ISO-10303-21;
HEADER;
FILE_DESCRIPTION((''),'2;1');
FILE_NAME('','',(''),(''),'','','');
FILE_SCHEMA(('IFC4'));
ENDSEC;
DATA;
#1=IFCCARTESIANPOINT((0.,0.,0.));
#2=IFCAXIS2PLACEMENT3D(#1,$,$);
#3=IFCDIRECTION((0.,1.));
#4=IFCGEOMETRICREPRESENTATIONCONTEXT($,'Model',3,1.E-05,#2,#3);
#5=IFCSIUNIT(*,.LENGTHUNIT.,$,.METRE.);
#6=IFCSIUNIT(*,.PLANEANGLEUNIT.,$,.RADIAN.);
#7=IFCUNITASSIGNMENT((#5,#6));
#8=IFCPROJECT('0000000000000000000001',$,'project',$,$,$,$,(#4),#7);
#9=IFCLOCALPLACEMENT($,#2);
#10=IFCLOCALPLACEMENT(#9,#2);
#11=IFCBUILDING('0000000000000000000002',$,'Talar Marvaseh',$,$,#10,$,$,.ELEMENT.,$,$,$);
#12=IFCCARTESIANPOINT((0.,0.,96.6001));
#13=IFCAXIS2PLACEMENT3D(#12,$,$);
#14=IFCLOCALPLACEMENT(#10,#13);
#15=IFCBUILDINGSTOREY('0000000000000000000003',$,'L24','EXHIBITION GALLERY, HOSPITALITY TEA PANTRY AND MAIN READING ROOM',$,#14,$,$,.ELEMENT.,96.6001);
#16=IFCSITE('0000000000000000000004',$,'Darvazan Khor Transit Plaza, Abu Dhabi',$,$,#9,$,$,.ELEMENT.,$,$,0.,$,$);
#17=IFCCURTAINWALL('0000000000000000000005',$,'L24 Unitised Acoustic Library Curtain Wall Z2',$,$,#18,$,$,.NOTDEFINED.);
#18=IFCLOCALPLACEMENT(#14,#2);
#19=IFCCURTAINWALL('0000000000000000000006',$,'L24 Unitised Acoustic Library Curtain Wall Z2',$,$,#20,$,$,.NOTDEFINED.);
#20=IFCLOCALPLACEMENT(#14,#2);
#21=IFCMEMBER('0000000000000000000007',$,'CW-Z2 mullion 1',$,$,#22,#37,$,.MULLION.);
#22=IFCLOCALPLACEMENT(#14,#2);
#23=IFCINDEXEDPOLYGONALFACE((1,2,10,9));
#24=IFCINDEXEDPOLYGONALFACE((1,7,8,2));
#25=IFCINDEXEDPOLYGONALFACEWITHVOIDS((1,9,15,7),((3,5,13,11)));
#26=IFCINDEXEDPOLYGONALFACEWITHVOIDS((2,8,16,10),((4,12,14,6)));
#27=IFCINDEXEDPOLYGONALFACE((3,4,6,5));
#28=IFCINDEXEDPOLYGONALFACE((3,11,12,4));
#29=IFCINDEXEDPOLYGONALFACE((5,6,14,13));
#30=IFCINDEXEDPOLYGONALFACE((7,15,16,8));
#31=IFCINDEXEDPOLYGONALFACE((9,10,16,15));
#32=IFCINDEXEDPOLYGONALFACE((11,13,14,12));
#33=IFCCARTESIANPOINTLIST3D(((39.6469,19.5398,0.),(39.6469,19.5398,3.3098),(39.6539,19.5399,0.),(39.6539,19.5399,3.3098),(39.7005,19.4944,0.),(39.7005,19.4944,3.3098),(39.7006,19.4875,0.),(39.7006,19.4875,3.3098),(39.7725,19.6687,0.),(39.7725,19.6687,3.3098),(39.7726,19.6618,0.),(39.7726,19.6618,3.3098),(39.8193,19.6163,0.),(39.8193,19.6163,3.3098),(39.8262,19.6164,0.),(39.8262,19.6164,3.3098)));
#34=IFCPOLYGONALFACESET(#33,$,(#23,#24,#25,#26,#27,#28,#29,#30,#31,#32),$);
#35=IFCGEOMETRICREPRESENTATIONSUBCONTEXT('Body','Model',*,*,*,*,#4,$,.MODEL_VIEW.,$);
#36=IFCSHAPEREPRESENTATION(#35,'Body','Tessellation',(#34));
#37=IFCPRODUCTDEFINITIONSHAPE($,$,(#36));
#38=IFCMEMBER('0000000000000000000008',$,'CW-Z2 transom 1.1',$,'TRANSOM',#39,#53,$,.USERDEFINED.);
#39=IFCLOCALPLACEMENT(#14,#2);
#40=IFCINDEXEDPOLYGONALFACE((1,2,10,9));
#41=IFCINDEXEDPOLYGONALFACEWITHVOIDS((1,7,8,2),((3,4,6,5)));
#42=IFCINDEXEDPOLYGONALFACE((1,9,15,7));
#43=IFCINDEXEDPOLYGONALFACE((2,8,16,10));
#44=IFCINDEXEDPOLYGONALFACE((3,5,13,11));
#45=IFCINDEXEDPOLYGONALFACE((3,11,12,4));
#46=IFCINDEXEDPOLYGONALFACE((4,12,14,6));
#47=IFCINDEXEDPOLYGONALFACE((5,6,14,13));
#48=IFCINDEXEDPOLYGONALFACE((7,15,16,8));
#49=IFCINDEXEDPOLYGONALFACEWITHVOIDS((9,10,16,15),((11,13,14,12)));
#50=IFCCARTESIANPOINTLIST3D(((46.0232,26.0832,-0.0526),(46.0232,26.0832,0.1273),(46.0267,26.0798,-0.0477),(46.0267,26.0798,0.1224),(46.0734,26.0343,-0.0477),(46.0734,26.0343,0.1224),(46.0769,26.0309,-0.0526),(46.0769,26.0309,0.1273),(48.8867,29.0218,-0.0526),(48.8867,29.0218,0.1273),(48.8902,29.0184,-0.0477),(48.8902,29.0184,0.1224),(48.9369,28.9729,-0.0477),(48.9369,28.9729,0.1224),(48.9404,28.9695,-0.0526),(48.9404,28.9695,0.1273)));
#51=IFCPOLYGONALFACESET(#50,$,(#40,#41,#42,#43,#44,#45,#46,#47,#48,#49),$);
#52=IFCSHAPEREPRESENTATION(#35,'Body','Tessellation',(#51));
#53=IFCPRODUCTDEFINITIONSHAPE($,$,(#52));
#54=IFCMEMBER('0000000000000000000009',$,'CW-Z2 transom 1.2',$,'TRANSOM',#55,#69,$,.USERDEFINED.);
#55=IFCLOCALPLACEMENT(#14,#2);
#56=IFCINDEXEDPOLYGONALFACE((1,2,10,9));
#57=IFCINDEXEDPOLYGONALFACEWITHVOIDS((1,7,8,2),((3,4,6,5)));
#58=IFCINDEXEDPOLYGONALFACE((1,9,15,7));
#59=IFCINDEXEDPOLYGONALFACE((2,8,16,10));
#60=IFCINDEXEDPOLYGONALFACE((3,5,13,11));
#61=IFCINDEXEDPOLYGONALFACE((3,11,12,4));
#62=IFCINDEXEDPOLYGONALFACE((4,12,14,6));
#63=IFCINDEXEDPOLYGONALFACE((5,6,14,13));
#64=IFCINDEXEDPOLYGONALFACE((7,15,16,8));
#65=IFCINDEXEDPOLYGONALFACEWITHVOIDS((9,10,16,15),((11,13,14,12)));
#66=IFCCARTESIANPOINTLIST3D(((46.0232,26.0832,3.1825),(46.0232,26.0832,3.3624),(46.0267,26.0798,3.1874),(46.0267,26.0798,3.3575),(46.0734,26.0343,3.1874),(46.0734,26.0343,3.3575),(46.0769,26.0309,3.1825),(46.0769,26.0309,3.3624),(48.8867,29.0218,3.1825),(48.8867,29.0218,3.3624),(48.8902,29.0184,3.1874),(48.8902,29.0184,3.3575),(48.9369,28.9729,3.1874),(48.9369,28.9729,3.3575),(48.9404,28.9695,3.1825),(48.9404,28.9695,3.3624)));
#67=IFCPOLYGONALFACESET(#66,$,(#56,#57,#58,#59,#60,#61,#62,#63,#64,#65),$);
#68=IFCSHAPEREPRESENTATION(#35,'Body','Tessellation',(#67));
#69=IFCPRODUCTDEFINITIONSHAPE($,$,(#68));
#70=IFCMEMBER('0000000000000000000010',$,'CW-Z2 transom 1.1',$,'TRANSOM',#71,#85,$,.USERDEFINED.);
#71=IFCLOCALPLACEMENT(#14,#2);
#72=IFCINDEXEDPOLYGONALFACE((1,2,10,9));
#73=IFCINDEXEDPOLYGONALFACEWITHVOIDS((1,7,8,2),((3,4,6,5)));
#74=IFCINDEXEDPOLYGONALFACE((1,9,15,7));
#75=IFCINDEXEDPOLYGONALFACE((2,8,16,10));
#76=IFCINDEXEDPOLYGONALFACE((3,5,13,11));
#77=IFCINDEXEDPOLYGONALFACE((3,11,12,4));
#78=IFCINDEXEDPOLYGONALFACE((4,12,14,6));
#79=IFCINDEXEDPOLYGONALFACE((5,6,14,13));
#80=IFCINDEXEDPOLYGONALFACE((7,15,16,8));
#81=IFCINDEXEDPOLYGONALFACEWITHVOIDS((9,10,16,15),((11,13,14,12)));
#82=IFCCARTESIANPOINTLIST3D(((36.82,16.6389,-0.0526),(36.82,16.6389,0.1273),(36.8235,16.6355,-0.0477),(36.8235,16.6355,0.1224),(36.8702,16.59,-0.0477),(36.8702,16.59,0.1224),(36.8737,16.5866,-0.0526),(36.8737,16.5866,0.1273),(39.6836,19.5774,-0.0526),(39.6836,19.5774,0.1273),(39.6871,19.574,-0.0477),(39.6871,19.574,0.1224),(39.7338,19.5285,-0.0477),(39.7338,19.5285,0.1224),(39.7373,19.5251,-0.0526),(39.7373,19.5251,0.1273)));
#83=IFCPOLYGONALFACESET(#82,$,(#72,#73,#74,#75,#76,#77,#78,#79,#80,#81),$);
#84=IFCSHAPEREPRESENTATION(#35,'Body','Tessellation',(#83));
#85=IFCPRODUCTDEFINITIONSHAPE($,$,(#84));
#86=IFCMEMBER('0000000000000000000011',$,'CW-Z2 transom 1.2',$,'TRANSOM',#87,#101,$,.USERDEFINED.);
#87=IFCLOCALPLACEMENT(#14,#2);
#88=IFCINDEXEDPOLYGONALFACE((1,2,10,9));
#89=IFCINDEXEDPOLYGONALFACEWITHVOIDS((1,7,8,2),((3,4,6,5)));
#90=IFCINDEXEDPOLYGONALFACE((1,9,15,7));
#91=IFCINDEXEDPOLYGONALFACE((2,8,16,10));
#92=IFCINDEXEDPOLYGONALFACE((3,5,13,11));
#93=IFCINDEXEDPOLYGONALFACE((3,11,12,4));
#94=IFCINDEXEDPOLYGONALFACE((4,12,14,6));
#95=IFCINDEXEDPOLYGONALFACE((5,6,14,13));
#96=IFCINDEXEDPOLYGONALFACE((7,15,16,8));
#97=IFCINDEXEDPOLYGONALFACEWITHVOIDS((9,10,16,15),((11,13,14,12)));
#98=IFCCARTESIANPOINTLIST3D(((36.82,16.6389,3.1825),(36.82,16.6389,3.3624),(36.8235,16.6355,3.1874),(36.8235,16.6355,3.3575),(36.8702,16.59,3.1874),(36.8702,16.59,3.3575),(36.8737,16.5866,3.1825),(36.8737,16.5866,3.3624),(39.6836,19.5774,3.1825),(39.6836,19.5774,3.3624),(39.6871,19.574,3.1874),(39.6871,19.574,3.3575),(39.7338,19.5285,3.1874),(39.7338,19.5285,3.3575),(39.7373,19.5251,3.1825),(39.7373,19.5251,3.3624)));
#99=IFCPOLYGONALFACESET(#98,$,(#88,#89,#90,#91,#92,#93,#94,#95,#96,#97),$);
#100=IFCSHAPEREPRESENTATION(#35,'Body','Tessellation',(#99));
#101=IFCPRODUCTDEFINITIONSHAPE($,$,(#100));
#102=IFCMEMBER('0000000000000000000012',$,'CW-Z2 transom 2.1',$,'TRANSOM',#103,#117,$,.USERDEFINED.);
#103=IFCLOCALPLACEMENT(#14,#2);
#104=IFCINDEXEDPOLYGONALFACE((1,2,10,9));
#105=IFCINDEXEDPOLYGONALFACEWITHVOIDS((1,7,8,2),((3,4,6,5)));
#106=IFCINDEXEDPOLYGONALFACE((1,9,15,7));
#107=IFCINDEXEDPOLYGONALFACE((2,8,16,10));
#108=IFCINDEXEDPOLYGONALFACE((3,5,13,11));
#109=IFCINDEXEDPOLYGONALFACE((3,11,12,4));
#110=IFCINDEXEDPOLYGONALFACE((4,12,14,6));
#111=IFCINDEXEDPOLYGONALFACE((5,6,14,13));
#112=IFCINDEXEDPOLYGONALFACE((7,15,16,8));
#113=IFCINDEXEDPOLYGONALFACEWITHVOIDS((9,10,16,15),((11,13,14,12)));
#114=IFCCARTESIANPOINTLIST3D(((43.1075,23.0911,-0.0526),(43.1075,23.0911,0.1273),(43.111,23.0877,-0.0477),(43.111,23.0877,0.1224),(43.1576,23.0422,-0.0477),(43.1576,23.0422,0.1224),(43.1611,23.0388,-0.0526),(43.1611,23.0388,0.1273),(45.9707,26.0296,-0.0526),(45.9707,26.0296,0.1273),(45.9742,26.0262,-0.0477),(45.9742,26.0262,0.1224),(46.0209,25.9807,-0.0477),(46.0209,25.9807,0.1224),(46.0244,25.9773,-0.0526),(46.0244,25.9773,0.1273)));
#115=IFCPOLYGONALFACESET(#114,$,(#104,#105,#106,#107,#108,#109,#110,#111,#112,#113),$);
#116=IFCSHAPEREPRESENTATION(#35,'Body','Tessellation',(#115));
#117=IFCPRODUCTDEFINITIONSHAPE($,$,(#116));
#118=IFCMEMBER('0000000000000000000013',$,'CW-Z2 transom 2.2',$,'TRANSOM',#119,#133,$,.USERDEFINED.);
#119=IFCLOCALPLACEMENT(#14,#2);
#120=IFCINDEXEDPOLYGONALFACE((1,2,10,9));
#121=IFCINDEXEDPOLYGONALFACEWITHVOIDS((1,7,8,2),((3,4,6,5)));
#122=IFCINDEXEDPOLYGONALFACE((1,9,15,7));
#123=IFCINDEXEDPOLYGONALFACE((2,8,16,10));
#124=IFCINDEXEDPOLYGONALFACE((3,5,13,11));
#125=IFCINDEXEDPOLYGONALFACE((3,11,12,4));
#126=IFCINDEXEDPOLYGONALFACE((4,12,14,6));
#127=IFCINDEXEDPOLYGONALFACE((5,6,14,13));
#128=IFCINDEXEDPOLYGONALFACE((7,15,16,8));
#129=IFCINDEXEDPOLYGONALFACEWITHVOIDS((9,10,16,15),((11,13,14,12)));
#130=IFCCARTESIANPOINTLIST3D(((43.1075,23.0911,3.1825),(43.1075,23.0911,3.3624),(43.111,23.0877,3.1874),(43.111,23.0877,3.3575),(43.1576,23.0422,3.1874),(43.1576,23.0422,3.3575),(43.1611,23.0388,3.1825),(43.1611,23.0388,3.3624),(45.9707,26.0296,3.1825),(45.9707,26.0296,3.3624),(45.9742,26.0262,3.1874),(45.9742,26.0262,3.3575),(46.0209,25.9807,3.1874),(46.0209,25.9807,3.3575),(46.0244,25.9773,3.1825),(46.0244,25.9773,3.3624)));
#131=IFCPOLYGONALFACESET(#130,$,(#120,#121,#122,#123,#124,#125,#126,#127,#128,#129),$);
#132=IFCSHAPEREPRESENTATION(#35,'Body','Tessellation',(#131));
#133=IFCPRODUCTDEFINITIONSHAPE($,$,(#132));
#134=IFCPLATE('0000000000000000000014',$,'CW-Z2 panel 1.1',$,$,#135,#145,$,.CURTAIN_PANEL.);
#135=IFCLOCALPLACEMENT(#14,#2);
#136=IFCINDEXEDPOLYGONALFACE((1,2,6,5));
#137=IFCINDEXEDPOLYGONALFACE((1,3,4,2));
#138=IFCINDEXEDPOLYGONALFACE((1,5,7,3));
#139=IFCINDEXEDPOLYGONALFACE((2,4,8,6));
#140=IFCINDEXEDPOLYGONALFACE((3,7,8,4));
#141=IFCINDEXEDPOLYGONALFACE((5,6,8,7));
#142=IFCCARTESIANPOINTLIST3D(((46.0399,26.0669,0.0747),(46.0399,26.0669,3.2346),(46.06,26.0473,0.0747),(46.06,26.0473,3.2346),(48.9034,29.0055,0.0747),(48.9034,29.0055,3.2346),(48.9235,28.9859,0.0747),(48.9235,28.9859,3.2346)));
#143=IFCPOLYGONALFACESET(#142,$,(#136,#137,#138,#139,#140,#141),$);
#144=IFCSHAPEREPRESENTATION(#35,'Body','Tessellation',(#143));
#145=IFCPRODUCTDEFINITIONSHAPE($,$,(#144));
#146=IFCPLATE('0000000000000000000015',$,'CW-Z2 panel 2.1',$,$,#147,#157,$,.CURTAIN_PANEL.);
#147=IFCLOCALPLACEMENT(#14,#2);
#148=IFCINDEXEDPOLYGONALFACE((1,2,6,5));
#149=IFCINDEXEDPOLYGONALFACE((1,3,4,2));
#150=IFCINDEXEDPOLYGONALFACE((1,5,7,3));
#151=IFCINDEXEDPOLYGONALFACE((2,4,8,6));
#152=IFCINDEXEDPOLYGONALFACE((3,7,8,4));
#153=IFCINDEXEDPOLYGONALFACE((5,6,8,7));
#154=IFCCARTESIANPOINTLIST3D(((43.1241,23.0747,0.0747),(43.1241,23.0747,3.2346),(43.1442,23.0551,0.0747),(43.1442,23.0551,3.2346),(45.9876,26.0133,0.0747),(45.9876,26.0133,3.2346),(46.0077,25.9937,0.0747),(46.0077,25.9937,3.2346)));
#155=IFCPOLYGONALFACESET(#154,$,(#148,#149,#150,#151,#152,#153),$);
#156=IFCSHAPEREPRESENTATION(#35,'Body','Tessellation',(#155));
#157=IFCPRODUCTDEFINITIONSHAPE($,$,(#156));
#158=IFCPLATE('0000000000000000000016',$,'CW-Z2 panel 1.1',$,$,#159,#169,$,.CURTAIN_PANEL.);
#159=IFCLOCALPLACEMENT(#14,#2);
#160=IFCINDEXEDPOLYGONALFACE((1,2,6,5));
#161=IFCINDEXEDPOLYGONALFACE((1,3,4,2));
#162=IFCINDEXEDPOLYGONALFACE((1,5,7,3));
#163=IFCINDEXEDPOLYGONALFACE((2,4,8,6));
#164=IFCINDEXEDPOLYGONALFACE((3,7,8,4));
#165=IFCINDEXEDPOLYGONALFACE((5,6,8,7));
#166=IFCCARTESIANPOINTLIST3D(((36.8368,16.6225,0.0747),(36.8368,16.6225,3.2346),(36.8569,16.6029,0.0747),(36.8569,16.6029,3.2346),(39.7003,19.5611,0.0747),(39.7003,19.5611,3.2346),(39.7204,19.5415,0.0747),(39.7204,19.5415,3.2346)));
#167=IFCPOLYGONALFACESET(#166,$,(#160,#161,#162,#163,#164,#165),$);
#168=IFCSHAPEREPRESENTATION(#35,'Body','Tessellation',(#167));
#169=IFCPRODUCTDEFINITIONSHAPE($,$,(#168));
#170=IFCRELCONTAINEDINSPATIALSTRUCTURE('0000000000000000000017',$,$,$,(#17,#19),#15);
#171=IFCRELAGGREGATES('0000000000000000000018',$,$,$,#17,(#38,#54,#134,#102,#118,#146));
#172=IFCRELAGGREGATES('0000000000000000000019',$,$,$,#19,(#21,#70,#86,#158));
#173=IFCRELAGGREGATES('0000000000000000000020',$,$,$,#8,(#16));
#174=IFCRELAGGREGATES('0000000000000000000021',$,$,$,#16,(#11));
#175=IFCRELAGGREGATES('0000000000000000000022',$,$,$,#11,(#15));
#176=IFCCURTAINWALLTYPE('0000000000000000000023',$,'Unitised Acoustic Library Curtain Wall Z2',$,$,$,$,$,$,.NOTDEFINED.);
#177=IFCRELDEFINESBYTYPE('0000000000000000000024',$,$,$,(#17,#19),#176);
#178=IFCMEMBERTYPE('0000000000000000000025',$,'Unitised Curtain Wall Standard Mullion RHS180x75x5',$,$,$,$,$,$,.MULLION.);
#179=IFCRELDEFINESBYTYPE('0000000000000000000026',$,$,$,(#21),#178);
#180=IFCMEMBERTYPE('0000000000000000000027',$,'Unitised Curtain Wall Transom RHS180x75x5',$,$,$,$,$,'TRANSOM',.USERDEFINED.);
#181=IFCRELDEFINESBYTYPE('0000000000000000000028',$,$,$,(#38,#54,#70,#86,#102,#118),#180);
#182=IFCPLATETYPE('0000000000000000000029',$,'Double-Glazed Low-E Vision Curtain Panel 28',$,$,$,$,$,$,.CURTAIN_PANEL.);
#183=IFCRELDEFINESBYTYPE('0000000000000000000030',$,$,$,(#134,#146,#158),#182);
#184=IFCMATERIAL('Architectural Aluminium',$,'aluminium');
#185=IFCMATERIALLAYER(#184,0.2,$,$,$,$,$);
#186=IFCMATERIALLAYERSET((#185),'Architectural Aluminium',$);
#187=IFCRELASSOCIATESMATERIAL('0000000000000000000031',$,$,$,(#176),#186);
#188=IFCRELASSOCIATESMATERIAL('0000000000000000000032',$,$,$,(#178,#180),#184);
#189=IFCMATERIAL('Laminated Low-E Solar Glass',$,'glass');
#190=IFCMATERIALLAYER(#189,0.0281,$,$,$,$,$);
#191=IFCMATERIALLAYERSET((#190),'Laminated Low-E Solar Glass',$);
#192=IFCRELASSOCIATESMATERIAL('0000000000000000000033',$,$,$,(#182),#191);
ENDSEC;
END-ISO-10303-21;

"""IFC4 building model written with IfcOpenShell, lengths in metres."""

from ifc_helpers import new_model, si_unit, direction, frame, origin, origin_2d, place, context, subcontext, project, spatial, rectangle, hollow_rectangle, extrude, source, transform, mapped, material, layer, layer_set, material_profile, profile_set, type_object, type_shapes, element, aggregate, save


model = new_model("IFC4")

# Units and contexts
model_context = context("Model", 3, precision=1e-05, world=origin(), true_north=direction((0.0, 1.0)))
body_context = subcontext(model_context, "Body", "Model", "MODEL_VIEW")
ifc_project = project(units=[si_unit("LENGTHUNIT", "METRE"), si_unit("PLANEANGLEUNIT", "RADIAN")], contexts=[model_context])

# Site, building, storey
site_placement = place(None, origin())
site = spatial("IfcSite", under=ifc_project, at=site_placement, Name="Darvazan Khor Transit Plaza, Abu Dhabi", CompositionType="ELEMENT", RefElevation=0.0)
building_placement = place(site_placement, origin())
building = spatial("IfcBuilding", under=site, at=building_placement, Name="Talar Marvaseh", CompositionType="ELEMENT")
storey_placement = place(building_placement, frame((0.0, 0.0, 96.6001)))
storey = spatial("IfcBuildingStorey", under=building, at=storey_placement, Name="L24", Description="EXHIBITION GALLERY, HOSPITALITY TEA PANTRY AND MAIN READING ROOM", CompositionType="ELEMENT", Elevation=96.6001)

# Curtain wall
ifc_material_1 = material(Name="Architectural Aluminium", Category="aluminium")
ifc_layer_1 = layer(ifc_material_1, 0.2)
ifc_layer_set_1 = layer_set([ifc_layer_1], Name="Architectural Aluminium")
curtain_wall_type = type_object("IfcCurtainWallType", Name="Unitised Acoustic Library Curtain Wall Z2", PredefinedType="NOTDEFINED", material=ifc_layer_set_1)
curtain_wall_1_placement = place(storey_placement, origin())
curtain_wall_1 = element("IfcCurtainWall", 1, at=curtain_wall_1_placement, inside=storey, type_object=curtain_wall_type, Name="L24 Unitised Acoustic Library Curtain Wall Z2", PredefinedType="NOTDEFINED")
ifc_material_profile_1 = material_profile(ifc_material_1, hollow_rectangle(XDim=0.075, YDim=0.1799, WallThickness=0.0049, at=origin_2d()), Name="RHS180x75x5")
ifc_profile_set_1 = profile_set([ifc_material_profile_1], Name="Architectural Aluminium")
member_type_1 = type_object("IfcMemberType", Name="Unitised Curtain Wall Standard Mullion RHS180x75x5", PredefinedType="MULLION", material=ifc_profile_set_1)
shared_shape_1 = source(origin(), body_context, "Body", "SweptSolid", [
    extrude(hollow_rectangle(XDim=0.075, YDim=0.1799, WallThickness=0.0049, at=origin_2d()), origin(), (0.0, 0.0, 1.0), 3.3098),
])
type_shapes(member_type_1, [shared_shape_1])

# Curtain wall, member
curtain_wall_2_placement = place(storey_placement, origin())
curtain_wall_2 = element("IfcCurtainWall", 2, at=curtain_wall_2_placement, inside=storey, type_object=curtain_wall_type, Name="L24 Unitised Acoustic Library Curtain Wall Z2", PredefinedType="NOTDEFINED")
member_1_placement = place(storey_placement, frame((39.7366, 19.5781, 0.0), z_axis=(0.0, 0.0, 1.0), x_axis=(0.716198, -0.697897, 0.0)))
member_1 = element("IfcMember", 3, at=member_1_placement, type_object=member_type_1, Name="CW-Z2 mullion 1", PredefinedType="MULLION", context=body_context, shape_type="MappedRepresentation", body=[
    mapped(shared_shape_1, transform((0.0, 0.0, 0.0), x_axis=(1.0, 0.0, 0.0), y_axis=(0.0, 1.0, 0.0), z_axis=(0.0, 0.0, 1.0), scale=1.0)),
])

# Members
ifc_material_profile_2 = material_profile(ifc_material_1, hollow_rectangle(XDim=0.075, YDim=0.1799, WallThickness=0.0049, at=origin_2d()), Name="RHS180x75x5")
ifc_profile_set_2 = profile_set([ifc_material_profile_2], Name="Architectural Aluminium")
member_type_2 = type_object("IfcMemberType", Name="Unitised Curtain Wall Transom RHS180x75x5", ElementType="TRANSOM", PredefinedType="USERDEFINED", material=ifc_profile_set_2)
shared_shape_2 = source(origin(), body_context, "Body", "SweptSolid", [
    extrude(hollow_rectangle(XDim=0.075, YDim=0.1799, WallThickness=0.0049, at=origin_2d()), origin(), (0.0, 0.0, 1.0), 4.103),
])
member_2_placement = place(storey_placement, frame((48.9136, 28.9956, 0.0374), z_axis=(-0.697914, -0.716182, 0.0), x_axis=(0.716182, -0.697914, 0.0)))
member_2 = element("IfcMember", 4, at=member_2_placement, type_object=member_type_2, Name="CW-Z2 transom 1.1", ObjectType="TRANSOM", PredefinedType="USERDEFINED", context=body_context, shape_type="MappedRepresentation", body=[
    mapped(shared_shape_2, transform((0.0, 0.0, 0.0), x_axis=(1.0, 0.0, 0.0), y_axis=(0.0, 1.0, 0.0), z_axis=(0.0, 0.0, 1.0), scale=1.0)),
])
member_3_placement = place(storey_placement, frame((48.9136, 28.9956, 3.2725), z_axis=(-0.697914, -0.716182, 0.0), x_axis=(0.716182, -0.697914, 0.0)))
member_3 = element("IfcMember", 5, at=member_3_placement, type_object=member_type_2, Name="CW-Z2 transom 1.2", ObjectType="TRANSOM", PredefinedType="USERDEFINED", context=body_context, shape_type="MappedRepresentation", body=[
    mapped(shared_shape_2, transform((0.0, 0.0, 0.0), x_axis=(1.0, 0.0, 0.0), y_axis=(0.0, 1.0, 0.0), z_axis=(0.0, 0.0, 1.0), scale=1.0)),
])
member_4_placement = place(storey_placement, frame((39.7104, 19.5513, 0.0374), z_axis=(-0.697914, -0.716182, 0.0), x_axis=(0.716182, -0.697914, 0.0)))
member_4 = element("IfcMember", 6, at=member_4_placement, type_object=member_type_2, Name="CW-Z2 transom 1.1", ObjectType="TRANSOM", PredefinedType="USERDEFINED", context=body_context, shape_type="MappedRepresentation", body=[
    mapped(shared_shape_2, transform((0.0, 0.0, 0.0), x_axis=(1.0, 0.0, 0.0), y_axis=(0.0, 1.0, 0.0), z_axis=(0.0, 0.0, 1.0), scale=1.0)),
])
member_5_placement = place(storey_placement, frame((39.7104, 19.5513, 3.2725), z_axis=(-0.697914, -0.716182, 0.0), x_axis=(0.716182, -0.697914, 0.0)))
member_5 = element("IfcMember", 7, at=member_5_placement, type_object=member_type_2, Name="CW-Z2 transom 1.2", ObjectType="TRANSOM", PredefinedType="USERDEFINED", context=body_context, shape_type="MappedRepresentation", body=[
    mapped(shared_shape_2, transform((0.0, 0.0, 0.0), x_axis=(1.0, 0.0, 0.0), y_axis=(0.0, 1.0, 0.0), z_axis=(0.0, 0.0, 1.0), scale=1.0)),
])
shared_shape_3 = source(origin(), body_context, "Body", "SweptSolid", [
    extrude(hollow_rectangle(XDim=0.075, YDim=0.1799, WallThickness=0.0049, at=origin_2d()), origin(), (0.0, 0.0, 1.0), 4.1028),
])
type_shapes(member_type_2, [shared_shape_2, shared_shape_3])
member_6_placement = place(storey_placement, frame((45.9976, 26.0034, 0.0374), z_axis=(-0.697884, -0.716211, 0.0), x_axis=(0.716211, -0.697884, 0.0)))
member_6 = element("IfcMember", 8, at=member_6_placement, type_object=member_type_2, Name="CW-Z2 transom 2.1", ObjectType="TRANSOM", PredefinedType="USERDEFINED", context=body_context, shape_type="MappedRepresentation", body=[
    mapped(shared_shape_3, transform((0.0, 0.0, 0.0), x_axis=(1.0, 0.0, 0.0), y_axis=(0.0, 1.0, 0.0), z_axis=(0.0, 0.0, 1.0), scale=1.0)),
])
member_7_placement = place(storey_placement, frame((45.9976, 26.0034, 3.2725), z_axis=(-0.697884, -0.716211, 0.0), x_axis=(0.716211, -0.697884, 0.0)))
member_7 = element("IfcMember", 9, at=member_7_placement, type_object=member_type_2, Name="CW-Z2 transom 2.2", ObjectType="TRANSOM", PredefinedType="USERDEFINED", context=body_context, shape_type="MappedRepresentation", body=[
    mapped(shared_shape_3, transform((0.0, 0.0, 0.0), x_axis=(1.0, 0.0, 0.0), y_axis=(0.0, 1.0, 0.0), z_axis=(0.0, 0.0, 1.0), scale=1.0)),
])

# Plates
ifc_material_2 = material(Name="Laminated Low-E Solar Glass", Category="glass")
ifc_layer_2 = layer(ifc_material_2, 0.0281)
ifc_layer_set_2 = layer_set([ifc_layer_2], Name="Laminated Low-E Solar Glass")
plate_type = type_object("IfcPlateType", Name="Double-Glazed Low-E Vision Curtain Panel 28", PredefinedType="CURTAIN_PANEL", material=ifc_layer_set_2)
shared_shape_4 = source(origin(), body_context, "Body", "SweptSolid", [
    extrude(rectangle(XDim=4.103, YDim=0.0281, at=origin_2d()), origin(), (0.0, 0.0, 1.0), 3.1599),
])
type_shapes(plate_type, [shared_shape_4])
plate_1_placement = place(storey_placement, frame((47.4817, 27.5264, 0.0747), z_axis=(0.0, 0.0, 1.0), x_axis=(-0.697897, -0.716198, 0.0)))
plate_1 = element("IfcPlate", 10, at=plate_1_placement, type_object=plate_type, Name="CW-Z2 panel 1.1", PredefinedType="CURTAIN_PANEL", context=body_context, shape_type="MappedRepresentation", body=[
    mapped(shared_shape_4, transform((0.0, 0.0, 0.0), x_axis=(1.0, 0.0, 0.0), y_axis=(0.0, 1.0, 0.0), z_axis=(0.0, 0.0, 1.0), scale=1.0)),
])
plate_2_placement = place(storey_placement, frame((44.5659, 24.5342, 0.0747), z_axis=(0.0, 0.0, 1.0), x_axis=(-0.697897, -0.716198, 0.0)))
plate_2 = element("IfcPlate", 11, at=plate_2_placement, type_object=plate_type, Name="CW-Z2 panel 2.1", PredefinedType="CURTAIN_PANEL", context=body_context, shape_type="MappedRepresentation", body=[
    mapped(shared_shape_4, transform((0.0, 0.0, 0.0), x_axis=(1.0, 0.0, 0.0), y_axis=(0.0, 1.0, 0.0), z_axis=(0.0, 0.0, 1.0), scale=1.0)),
])
aggregate(curtain_wall_1, [member_2, member_3, plate_1, member_6, member_7, plate_2])
plate_3_placement = place(storey_placement, frame((38.2786, 18.082, 0.0747), z_axis=(0.0, 0.0, 1.0), x_axis=(-0.697897, -0.716198, 0.0)))
plate_3 = element("IfcPlate", 12, at=plate_3_placement, type_object=plate_type, Name="CW-Z2 panel 1.1", PredefinedType="CURTAIN_PANEL", context=body_context, shape_type="MappedRepresentation", body=[
    mapped(shared_shape_4, transform((0.0, 0.0, 0.0), x_axis=(1.0, 0.0, 0.0), y_axis=(0.0, 1.0, 0.0), z_axis=(0.0, 0.0, 1.0), scale=1.0)),
])
aggregate(curtain_wall_2, [member_1, member_4, member_5, plate_3])

save(model, "model.ifc")
